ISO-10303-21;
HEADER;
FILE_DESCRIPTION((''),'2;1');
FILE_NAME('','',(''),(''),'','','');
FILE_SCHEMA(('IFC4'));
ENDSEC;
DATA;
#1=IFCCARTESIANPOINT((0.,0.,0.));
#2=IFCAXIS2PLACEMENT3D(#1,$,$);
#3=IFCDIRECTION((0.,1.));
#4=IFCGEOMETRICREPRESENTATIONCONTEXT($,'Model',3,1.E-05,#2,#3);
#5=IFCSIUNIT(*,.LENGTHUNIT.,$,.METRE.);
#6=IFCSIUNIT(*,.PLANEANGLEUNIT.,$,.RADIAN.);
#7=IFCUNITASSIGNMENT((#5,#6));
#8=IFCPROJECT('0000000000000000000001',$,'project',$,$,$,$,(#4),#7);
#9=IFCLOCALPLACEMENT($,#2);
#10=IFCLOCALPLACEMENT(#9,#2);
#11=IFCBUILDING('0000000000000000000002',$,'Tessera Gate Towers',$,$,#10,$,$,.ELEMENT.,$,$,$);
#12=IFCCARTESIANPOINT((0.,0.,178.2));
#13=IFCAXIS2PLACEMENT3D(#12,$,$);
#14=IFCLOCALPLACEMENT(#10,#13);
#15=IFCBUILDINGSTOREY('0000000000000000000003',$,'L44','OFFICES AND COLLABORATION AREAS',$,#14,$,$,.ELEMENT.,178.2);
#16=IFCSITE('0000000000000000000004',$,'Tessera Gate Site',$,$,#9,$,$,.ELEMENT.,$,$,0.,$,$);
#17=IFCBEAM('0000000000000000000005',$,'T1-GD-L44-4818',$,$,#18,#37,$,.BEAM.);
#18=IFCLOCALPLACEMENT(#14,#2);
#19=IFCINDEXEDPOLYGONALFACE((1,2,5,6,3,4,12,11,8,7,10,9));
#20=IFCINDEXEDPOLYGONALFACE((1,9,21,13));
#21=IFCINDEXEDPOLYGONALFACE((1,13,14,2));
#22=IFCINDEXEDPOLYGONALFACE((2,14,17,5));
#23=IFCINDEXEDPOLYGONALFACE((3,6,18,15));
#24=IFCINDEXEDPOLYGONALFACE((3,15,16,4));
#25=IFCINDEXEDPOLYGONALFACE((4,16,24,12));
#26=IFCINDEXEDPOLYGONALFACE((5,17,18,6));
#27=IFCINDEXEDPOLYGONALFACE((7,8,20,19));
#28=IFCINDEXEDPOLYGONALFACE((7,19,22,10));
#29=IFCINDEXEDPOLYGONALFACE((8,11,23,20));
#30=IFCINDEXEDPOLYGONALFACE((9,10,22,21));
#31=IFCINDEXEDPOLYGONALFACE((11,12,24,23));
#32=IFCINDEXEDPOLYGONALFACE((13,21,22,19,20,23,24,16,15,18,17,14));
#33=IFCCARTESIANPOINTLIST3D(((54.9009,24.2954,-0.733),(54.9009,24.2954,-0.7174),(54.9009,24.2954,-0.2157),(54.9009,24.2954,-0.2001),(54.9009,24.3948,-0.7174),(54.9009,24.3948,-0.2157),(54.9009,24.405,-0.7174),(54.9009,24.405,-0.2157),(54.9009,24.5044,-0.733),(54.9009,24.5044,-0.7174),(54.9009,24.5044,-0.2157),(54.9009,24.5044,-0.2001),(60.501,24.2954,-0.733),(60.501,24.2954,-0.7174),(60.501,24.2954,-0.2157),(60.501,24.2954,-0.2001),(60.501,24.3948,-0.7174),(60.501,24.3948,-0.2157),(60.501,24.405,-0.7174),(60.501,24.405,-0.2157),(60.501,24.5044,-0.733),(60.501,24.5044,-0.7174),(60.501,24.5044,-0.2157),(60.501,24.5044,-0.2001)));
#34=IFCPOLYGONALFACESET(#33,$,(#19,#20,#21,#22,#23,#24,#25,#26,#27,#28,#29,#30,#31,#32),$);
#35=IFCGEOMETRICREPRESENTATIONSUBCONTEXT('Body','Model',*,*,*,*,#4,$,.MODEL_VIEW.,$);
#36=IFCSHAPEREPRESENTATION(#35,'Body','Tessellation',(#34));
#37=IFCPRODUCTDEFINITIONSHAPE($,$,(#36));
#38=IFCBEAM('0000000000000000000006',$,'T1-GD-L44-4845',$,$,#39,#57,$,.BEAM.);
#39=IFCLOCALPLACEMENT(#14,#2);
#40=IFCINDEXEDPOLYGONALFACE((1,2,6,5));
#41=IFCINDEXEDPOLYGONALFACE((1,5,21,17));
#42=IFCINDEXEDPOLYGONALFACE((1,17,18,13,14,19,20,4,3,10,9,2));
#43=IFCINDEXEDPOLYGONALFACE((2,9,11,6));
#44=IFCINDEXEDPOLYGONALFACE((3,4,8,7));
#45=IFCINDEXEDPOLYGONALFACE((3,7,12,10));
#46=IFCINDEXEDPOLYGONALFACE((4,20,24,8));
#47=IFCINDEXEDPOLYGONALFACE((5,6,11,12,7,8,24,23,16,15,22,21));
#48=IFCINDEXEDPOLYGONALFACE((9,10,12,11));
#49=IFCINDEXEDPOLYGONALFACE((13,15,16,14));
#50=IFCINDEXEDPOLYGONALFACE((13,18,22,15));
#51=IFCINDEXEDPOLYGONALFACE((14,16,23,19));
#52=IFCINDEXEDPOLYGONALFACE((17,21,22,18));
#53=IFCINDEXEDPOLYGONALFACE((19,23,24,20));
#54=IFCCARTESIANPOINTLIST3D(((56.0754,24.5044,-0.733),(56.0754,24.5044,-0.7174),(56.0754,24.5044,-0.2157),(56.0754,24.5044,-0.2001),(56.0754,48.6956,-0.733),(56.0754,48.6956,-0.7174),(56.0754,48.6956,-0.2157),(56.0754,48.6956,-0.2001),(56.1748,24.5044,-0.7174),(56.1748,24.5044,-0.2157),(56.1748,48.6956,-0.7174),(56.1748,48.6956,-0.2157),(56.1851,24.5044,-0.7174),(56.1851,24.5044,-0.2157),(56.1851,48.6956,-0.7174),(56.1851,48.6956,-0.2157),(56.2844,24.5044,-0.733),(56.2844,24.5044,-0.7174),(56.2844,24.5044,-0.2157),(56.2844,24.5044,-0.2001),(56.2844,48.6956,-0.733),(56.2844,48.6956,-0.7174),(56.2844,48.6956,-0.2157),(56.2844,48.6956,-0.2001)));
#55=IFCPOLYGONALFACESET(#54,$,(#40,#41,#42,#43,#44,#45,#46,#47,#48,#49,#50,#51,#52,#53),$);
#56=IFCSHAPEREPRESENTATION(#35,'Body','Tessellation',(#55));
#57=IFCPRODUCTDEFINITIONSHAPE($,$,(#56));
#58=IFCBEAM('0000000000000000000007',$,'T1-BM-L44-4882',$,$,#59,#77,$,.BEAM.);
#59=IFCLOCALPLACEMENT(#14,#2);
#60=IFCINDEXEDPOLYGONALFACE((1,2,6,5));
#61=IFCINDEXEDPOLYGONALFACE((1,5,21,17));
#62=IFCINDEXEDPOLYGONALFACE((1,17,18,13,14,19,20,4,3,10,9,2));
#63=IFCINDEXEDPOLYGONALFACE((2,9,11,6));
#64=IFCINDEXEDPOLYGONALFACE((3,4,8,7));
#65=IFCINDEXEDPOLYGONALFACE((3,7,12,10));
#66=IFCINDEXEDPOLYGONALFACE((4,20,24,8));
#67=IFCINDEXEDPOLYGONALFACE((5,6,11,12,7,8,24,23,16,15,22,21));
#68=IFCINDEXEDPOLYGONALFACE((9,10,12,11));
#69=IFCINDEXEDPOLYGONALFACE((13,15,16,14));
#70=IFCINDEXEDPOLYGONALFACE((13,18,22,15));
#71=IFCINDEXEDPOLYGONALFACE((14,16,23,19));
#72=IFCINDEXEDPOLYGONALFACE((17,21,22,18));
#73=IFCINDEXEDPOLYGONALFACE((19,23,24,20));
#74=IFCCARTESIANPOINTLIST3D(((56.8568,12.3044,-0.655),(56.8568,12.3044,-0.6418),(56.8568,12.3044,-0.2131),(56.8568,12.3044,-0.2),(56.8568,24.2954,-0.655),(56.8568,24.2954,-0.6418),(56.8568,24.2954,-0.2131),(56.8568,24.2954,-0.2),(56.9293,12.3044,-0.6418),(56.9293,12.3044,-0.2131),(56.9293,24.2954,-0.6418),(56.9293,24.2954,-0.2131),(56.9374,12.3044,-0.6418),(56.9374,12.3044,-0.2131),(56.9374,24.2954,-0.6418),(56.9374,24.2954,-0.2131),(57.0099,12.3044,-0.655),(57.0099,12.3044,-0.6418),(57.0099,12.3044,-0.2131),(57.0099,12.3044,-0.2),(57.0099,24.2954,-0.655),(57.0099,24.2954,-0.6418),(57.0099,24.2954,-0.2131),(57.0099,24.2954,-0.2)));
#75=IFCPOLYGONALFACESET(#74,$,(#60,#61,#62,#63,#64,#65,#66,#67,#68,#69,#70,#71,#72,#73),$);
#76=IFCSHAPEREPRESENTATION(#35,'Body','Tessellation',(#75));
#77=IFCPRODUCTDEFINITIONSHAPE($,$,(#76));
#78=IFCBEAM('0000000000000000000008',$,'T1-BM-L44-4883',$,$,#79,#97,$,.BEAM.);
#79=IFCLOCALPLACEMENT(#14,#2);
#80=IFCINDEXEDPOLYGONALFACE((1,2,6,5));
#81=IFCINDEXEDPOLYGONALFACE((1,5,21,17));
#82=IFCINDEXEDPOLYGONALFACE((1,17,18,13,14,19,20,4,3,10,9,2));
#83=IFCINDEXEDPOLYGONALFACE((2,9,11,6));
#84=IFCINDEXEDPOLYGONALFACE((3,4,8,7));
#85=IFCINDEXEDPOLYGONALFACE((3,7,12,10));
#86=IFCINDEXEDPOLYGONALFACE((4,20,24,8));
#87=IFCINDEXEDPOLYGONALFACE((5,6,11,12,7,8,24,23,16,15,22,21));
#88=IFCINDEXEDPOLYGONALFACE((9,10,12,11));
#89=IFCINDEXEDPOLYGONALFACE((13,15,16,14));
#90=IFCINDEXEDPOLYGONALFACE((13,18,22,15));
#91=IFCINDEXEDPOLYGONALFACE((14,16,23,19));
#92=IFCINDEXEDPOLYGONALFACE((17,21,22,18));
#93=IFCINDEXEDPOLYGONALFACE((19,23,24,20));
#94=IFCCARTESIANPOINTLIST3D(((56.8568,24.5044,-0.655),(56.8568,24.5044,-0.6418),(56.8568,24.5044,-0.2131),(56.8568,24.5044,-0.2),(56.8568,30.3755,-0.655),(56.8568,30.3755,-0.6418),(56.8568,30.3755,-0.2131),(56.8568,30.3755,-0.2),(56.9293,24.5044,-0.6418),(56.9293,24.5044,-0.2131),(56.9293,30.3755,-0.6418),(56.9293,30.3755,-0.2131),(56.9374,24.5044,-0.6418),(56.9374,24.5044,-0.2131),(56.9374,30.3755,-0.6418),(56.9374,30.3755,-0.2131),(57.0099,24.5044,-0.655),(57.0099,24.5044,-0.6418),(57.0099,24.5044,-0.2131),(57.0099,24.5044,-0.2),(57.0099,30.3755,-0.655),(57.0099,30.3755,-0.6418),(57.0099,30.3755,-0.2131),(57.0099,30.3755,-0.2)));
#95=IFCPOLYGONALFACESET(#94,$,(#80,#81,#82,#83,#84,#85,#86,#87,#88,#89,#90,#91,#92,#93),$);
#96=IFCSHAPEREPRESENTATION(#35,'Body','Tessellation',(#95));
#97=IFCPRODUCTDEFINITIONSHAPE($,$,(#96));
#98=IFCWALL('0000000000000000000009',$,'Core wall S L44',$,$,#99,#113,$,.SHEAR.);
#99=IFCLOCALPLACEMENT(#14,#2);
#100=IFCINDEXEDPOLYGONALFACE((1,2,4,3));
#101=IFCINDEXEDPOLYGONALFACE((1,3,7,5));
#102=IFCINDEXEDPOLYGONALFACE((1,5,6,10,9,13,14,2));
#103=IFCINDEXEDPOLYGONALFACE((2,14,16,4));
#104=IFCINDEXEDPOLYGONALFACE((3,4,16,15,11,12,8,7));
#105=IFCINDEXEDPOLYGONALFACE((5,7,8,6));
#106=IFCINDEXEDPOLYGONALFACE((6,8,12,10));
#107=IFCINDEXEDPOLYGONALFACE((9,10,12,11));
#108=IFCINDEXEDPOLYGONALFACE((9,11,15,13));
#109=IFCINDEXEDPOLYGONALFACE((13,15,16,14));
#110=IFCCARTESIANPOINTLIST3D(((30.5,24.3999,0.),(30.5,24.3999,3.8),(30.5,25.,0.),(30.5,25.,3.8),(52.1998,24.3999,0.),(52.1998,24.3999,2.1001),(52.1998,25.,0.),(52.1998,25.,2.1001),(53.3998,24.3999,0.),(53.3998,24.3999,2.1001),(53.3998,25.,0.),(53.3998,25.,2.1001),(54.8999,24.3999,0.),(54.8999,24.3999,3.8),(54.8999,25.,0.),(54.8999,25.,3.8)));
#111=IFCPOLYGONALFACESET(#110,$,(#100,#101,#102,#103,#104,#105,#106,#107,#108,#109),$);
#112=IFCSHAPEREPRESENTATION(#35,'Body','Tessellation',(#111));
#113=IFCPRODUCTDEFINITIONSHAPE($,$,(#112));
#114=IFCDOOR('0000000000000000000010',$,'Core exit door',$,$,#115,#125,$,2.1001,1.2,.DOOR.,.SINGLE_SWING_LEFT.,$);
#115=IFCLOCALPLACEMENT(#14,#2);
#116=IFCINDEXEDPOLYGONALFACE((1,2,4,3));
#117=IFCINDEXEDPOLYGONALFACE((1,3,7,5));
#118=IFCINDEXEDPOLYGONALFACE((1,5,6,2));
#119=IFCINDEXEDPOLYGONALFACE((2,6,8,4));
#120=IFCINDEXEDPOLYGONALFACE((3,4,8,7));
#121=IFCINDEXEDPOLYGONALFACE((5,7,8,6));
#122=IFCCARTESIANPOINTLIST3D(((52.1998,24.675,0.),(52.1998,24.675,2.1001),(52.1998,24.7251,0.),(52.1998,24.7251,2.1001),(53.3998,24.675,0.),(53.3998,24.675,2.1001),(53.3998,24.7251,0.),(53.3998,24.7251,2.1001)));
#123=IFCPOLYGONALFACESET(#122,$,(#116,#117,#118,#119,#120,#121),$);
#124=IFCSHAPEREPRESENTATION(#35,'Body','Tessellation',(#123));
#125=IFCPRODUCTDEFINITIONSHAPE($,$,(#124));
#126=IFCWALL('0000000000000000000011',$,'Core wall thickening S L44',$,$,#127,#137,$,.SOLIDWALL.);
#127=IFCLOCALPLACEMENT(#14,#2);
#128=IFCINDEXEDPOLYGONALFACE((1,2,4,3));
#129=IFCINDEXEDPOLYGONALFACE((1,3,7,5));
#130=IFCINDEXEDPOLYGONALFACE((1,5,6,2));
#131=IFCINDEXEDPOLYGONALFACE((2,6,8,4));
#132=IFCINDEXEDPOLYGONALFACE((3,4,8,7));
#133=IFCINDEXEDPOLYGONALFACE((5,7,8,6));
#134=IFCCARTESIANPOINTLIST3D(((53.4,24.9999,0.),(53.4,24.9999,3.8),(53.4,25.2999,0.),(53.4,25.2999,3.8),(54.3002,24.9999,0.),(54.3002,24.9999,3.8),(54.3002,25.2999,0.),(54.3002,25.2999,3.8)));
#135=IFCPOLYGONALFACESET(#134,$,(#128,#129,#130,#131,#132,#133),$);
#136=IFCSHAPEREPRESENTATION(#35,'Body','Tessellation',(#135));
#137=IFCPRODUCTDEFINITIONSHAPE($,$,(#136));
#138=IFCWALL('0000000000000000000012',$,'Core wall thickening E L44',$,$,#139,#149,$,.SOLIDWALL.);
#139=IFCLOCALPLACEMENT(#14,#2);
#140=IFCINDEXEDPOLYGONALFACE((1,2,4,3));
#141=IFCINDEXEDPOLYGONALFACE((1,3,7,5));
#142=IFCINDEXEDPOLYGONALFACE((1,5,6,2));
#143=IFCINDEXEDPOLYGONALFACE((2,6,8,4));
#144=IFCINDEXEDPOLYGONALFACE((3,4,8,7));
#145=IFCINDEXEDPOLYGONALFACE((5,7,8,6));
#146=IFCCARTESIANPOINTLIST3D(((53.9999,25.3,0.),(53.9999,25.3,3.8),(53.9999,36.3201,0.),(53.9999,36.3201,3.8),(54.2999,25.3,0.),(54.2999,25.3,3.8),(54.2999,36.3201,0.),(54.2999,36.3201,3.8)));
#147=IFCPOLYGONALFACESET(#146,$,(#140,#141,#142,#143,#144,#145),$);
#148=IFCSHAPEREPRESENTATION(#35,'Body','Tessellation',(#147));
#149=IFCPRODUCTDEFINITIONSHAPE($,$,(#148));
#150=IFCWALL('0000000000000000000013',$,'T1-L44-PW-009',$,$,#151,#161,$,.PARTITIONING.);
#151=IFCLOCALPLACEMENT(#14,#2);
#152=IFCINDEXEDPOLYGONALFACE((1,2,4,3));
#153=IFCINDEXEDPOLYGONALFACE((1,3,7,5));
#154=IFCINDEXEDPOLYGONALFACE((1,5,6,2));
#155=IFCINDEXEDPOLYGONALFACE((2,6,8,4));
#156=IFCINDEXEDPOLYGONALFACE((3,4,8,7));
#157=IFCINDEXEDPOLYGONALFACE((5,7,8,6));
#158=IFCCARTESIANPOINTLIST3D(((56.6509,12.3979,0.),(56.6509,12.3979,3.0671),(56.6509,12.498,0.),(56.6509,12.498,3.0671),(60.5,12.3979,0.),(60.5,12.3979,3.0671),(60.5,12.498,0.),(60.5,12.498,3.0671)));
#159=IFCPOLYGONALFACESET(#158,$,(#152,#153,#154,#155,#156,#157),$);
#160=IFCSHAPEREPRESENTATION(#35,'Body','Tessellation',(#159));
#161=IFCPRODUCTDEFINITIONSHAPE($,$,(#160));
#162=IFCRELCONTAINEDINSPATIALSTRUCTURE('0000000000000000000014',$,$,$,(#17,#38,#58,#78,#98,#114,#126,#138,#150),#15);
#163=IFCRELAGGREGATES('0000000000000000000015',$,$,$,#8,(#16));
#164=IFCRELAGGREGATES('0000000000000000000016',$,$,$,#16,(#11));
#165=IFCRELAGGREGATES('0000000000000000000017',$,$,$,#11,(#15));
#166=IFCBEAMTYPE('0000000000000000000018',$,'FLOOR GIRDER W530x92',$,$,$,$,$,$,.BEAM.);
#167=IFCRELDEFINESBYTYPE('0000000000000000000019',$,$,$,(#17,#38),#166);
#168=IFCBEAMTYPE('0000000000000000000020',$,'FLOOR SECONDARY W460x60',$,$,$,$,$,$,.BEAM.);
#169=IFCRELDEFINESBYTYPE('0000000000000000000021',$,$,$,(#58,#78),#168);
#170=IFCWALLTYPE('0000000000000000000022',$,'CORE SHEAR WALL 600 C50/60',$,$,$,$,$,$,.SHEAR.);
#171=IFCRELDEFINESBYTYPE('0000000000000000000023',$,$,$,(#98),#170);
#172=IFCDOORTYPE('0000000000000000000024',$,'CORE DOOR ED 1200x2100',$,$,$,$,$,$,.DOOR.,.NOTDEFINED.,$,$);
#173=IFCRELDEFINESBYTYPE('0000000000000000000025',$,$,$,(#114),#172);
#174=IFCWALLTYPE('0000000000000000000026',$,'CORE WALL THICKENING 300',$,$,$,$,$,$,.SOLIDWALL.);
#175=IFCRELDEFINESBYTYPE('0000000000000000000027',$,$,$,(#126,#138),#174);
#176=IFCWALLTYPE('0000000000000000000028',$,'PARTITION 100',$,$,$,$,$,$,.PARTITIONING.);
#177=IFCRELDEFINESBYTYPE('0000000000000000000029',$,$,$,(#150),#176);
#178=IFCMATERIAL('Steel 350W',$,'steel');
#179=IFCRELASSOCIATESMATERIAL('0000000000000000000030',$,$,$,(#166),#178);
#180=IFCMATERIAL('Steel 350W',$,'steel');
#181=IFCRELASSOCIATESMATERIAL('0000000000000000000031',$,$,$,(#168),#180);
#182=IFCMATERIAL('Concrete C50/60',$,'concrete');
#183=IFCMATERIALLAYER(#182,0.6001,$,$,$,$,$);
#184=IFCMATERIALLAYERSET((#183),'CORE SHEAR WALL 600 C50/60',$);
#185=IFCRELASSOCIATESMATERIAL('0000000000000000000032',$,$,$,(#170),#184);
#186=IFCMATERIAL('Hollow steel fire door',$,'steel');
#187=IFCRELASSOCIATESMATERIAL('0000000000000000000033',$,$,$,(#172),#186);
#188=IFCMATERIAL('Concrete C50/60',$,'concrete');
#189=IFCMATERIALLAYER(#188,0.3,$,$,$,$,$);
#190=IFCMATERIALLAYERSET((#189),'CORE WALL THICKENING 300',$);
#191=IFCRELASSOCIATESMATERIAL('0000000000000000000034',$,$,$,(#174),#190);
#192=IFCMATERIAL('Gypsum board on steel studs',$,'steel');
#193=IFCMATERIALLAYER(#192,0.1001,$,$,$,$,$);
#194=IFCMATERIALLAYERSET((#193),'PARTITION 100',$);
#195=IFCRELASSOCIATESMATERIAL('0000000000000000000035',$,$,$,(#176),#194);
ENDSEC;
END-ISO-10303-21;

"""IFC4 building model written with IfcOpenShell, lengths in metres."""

from ifc_helpers import new_model, si_unit, direction, frame, frame_2d, origin, origin_2d, place, context, subcontext, project, spatial, rectangle, i_section, extrude, source, transform, mapped, material, layer, layer_set, material_profile, profile_set, type_object, element, fill, save


model = new_model("IFC4")

# Units and contexts
model_context = context("Model", 3, precision=1e-05, world=origin(), true_north=direction((0.0, 1.0)))
body_context = subcontext(model_context, "Body", "Model", "MODEL_VIEW")
ifc_project = project(units=[si_unit("LENGTHUNIT", "METRE"), si_unit("PLANEANGLEUNIT", "RADIAN")], contexts=[model_context])

# Site, building, storey
site_placement = place(None, origin())
site = spatial("IfcSite", under=ifc_project, at=site_placement, Name="Tessera Gate Site", CompositionType="ELEMENT", RefElevation=0.0)
building_placement = place(site_placement, origin())
building = spatial("IfcBuilding", under=site, at=building_placement, Name="Tessera Gate Towers", CompositionType="ELEMENT")
storey_placement = place(building_placement, frame((0.0, 0.0, 178.2)))
storey = spatial("IfcBuildingStorey", under=building, at=storey_placement, Name="L44", Description="OFFICES AND COLLABORATION AREAS", CompositionType="ELEMENT", Elevation=178.2)

# Beams
ifc_material_1 = material(Name="Steel 350W", Category="steel")
ifc_material_profile_1 = material_profile(ifc_material_1, i_section(OverallWidth=0.209, OverallDepth=0.533, WebThickness=0.0103, FlangeThickness=0.0156, at=origin_2d()), Name="W530x92")
ifc_profile_set_1 = profile_set([ifc_material_profile_1], Name="Steel 350W")
beam_type_1 = type_object("IfcBeamType", Name="FLOOR GIRDER W530x92", PredefinedType="BEAM", material=ifc_profile_set_1)
beam_1_placement = place(storey_placement, frame((54.9009, 24.3999, -0.4666), z_axis=(1.0, 0.0, 0.0), x_axis=(0.0, 1.0, 0.0)))
element("IfcBeam", 1, at=beam_1_placement, inside=storey, type_object=beam_type_1, Name="T1-GD-L44-4818", PredefinedType="BEAM", context=body_context, shape_type="SweptSolid", body=[
    extrude(i_section(OverallWidth=0.209, OverallDepth=0.533, WebThickness=0.0103, FlangeThickness=0.0156, at=origin_2d()), origin(), (0.0, 0.0, 1.0), 5.6001),
])
beam_2_placement = place(storey_placement, frame((56.1799, 24.5044, -0.4666), z_axis=(0.0, 1.0, 0.0), x_axis=(-1.0, 0.0, 0.0)))
element("IfcBeam", 2, at=beam_2_placement, inside=storey, type_object=beam_type_1, Name="T1-GD-L44-4845", PredefinedType="BEAM", context=body_context, shape_type="SweptSolid", body=[
    extrude(i_section(OverallWidth=0.209, OverallDepth=0.533, WebThickness=0.0103, FlangeThickness=0.0156, at=origin_2d()), origin(), (0.0, 0.0, 1.0), 24.1912),
])
ifc_material_2 = material(Name="Steel 350W", Category="steel")
ifc_material_profile_2 = material_profile(ifc_material_2, i_section(OverallWidth=0.1531, OverallDepth=0.4551, WebThickness=0.0081, FlangeThickness=0.0132, at=origin_2d()), Name="W460x60")
ifc_profile_set_2 = profile_set([ifc_material_profile_2], Name="Steel 350W")
beam_type_2 = type_object("IfcBeamType", Name="FLOOR SECONDARY W460x60", PredefinedType="BEAM", material=ifc_profile_set_2)
beam_3_placement = place(storey_placement, frame((56.9333, 12.3044, -0.4275), z_axis=(0.0, 1.0, 0.0), x_axis=(-1.0, 0.0, 0.0)))
element("IfcBeam", 3, at=beam_3_placement, inside=storey, type_object=beam_type_2, Name="T1-BM-L44-4882", PredefinedType="BEAM", context=body_context, shape_type="SweptSolid", body=[
    extrude(i_section(OverallWidth=0.1531, OverallDepth=0.4551, WebThickness=0.0081, FlangeThickness=0.0132, at=origin_2d()), origin(), (0.0, 0.0, 1.0), 11.991),
])
beam_4_placement = place(storey_placement, frame((56.9333, 24.5044, -0.4275), z_axis=(0.0, 1.0, 0.0), x_axis=(-1.0, 0.0, 0.0)))
element("IfcBeam", 4, at=beam_4_placement, inside=storey, type_object=beam_type_2, Name="T1-BM-L44-4883", PredefinedType="BEAM", context=body_context, shape_type="SweptSolid", body=[
    extrude(i_section(OverallWidth=0.1531, OverallDepth=0.4551, WebThickness=0.0081, FlangeThickness=0.0132, at=origin_2d()), origin(), (0.0, 0.0, 1.0), 5.8711),
])

# Wall, opening, door
ifc_material_3 = material(Name="Concrete C50/60", Category="concrete")
ifc_layer_1 = layer(ifc_material_3, 0.6001)
ifc_layer_set_1 = layer_set([ifc_layer_1], Name="CORE SHEAR WALL 600 C50/60")
wall_type_1 = type_object("IfcWallType", Name="CORE SHEAR WALL 600 C50/60", PredefinedType="SHEAR", material=ifc_layer_set_1)
wall_1_placement = place(storey_placement, frame((54.8999, 24.7, 0.0), z_axis=(0.0, 0.0, 1.0), x_axis=(-1.0, 0.0, 0.0)))
wall_1 = element("IfcWall", 5, at=wall_1_placement, inside=storey, type_object=wall_type_1, Name="Core wall S L44", PredefinedType="SHEAR", context=body_context, shape_type="SweptSolid", body=[
    extrude(rectangle(XDim=24.3999, YDim=0.6001, at=frame_2d((12.2, 0.0))), origin(), (0.0, 0.0, 1.0), 3.8),
])
shared_shape_1 = source(origin(), body_context, "Body", "SweptSolid", [
    extrude(rectangle(XDim=1.2, YDim=2.1001, at=frame_2d((0.6001, 1.05))), frame((0.0, 0.3101, 0.0), z_axis=(0.0, -1.0, 0.0), x_axis=(1.0, 0.0, 0.0)), (0.0, 0.0, 1.0), 0.6201),
])
opening_1_placement = place(wall_1_placement, frame((1.5, 0.0, 0.0)))
opening_1 = element("IfcOpeningElement", 6, at=opening_1_placement, cuts=wall_1, PredefinedType="OPENING", context=body_context, shape_type="MappedRepresentation", body=[
    mapped(shared_shape_1, transform((0.0, 0.0, 0.0), scale=1.0)),
])
ifc_material_4 = material(Name="Hollow steel fire door", Category="steel")
door_type_1 = type_object("IfcDoorType", Name="CORE DOOR ED 1200x2100", OperationType="NOTDEFINED", PredefinedType="DOOR", material=ifc_material_4)
shared_shape_2 = source(origin(), body_context, "Body", "SweptSolid", [
    extrude(rectangle(XDim=1.2, YDim=2.1001, at=frame_2d((0.6001, 1.05))), frame((0.0, 0.0249, 0.0), z_axis=(0.0, -1.0, 0.0), x_axis=(1.0, 0.0, 0.0)), (0.0, 0.0, 1.0), 0.05),
])
door_1_placement = place(opening_1_placement, origin())
door_1 = element("IfcDoor", 7, at=door_1_placement, inside=storey, type_object=door_type_1, Name="Core exit door", OperationType="SINGLE_SWING_LEFT", OverallHeight=2.1001, OverallWidth=1.2, PredefinedType="DOOR", context=body_context, shape_type="MappedRepresentation", body=[
    mapped(shared_shape_2, transform((0.0, 0.0, 0.0), scale=1.0)),
])
fill(opening_1, door_1)

# Walls
ifc_material_5 = material(Name="Concrete C50/60", Category="concrete")
ifc_layer_2 = layer(ifc_material_5, 0.3)
ifc_layer_set_2 = layer_set([ifc_layer_2], Name="CORE WALL THICKENING 300")
wall_type_2 = type_object("IfcWallType", Name="CORE WALL THICKENING 300", PredefinedType="SOLIDWALL", material=ifc_layer_set_2)
wall_2_placement = place(storey_placement, frame((53.3999, 25.1499, 0.0), z_axis=(0.0, 0.0, 1.0), x_axis=(1.0, 0.0, 0.0)))
element("IfcWall", 8, at=wall_2_placement, inside=storey, type_object=wall_type_2, Name="Core wall thickening S L44", PredefinedType="SOLIDWALL", context=body_context, shape_type="SweptSolid", body=[
    extrude(rectangle(XDim=0.9001, YDim=0.3, at=frame_2d((0.4502, 0.0))), origin(), (0.0, 0.0, 1.0), 3.8),
])
wall_3_placement = place(storey_placement, frame((54.1499, 25.3, 0.0), z_axis=(0.0, 0.0, 1.0), x_axis=(0.0, 1.0, 0.0)))
element("IfcWall", 9, at=wall_3_placement, inside=storey, type_object=wall_type_2, Name="Core wall thickening E L44", PredefinedType="SOLIDWALL", context=body_context, shape_type="SweptSolid", body=[
    extrude(rectangle(XDim=11.02, YDim=0.3, at=frame_2d((5.51, 0.0))), origin(), (0.0, 0.0, 1.0), 3.8),
])
ifc_material_6 = material(Name="Gypsum board on steel studs", Category="steel")
ifc_layer_3 = layer(ifc_material_6, 0.1001)
ifc_layer_set_3 = layer_set([ifc_layer_3], Name="PARTITION 100")
wall_type_3 = type_object("IfcWallType", Name="PARTITION 100", PredefinedType="PARTITIONING", material=ifc_layer_set_3)
wall_4_placement = place(storey_placement, frame((56.6509, 12.448, 0.0), z_axis=(0.0, 0.0, 1.0), x_axis=(1.0, 0.0, 0.0)))
element("IfcWall", 10, at=wall_4_placement, inside=storey, type_object=wall_type_3, Name="T1-L44-PW-009", PredefinedType="PARTITIONING", context=body_context, shape_type="SweptSolid", body=[
    extrude(rectangle(XDim=3.8491, YDim=0.1001, at=frame_2d((1.9246, 0.0))), origin(), (0.0, 0.0, 1.0), 3.0671),
])

save(model, "model.ifc")
